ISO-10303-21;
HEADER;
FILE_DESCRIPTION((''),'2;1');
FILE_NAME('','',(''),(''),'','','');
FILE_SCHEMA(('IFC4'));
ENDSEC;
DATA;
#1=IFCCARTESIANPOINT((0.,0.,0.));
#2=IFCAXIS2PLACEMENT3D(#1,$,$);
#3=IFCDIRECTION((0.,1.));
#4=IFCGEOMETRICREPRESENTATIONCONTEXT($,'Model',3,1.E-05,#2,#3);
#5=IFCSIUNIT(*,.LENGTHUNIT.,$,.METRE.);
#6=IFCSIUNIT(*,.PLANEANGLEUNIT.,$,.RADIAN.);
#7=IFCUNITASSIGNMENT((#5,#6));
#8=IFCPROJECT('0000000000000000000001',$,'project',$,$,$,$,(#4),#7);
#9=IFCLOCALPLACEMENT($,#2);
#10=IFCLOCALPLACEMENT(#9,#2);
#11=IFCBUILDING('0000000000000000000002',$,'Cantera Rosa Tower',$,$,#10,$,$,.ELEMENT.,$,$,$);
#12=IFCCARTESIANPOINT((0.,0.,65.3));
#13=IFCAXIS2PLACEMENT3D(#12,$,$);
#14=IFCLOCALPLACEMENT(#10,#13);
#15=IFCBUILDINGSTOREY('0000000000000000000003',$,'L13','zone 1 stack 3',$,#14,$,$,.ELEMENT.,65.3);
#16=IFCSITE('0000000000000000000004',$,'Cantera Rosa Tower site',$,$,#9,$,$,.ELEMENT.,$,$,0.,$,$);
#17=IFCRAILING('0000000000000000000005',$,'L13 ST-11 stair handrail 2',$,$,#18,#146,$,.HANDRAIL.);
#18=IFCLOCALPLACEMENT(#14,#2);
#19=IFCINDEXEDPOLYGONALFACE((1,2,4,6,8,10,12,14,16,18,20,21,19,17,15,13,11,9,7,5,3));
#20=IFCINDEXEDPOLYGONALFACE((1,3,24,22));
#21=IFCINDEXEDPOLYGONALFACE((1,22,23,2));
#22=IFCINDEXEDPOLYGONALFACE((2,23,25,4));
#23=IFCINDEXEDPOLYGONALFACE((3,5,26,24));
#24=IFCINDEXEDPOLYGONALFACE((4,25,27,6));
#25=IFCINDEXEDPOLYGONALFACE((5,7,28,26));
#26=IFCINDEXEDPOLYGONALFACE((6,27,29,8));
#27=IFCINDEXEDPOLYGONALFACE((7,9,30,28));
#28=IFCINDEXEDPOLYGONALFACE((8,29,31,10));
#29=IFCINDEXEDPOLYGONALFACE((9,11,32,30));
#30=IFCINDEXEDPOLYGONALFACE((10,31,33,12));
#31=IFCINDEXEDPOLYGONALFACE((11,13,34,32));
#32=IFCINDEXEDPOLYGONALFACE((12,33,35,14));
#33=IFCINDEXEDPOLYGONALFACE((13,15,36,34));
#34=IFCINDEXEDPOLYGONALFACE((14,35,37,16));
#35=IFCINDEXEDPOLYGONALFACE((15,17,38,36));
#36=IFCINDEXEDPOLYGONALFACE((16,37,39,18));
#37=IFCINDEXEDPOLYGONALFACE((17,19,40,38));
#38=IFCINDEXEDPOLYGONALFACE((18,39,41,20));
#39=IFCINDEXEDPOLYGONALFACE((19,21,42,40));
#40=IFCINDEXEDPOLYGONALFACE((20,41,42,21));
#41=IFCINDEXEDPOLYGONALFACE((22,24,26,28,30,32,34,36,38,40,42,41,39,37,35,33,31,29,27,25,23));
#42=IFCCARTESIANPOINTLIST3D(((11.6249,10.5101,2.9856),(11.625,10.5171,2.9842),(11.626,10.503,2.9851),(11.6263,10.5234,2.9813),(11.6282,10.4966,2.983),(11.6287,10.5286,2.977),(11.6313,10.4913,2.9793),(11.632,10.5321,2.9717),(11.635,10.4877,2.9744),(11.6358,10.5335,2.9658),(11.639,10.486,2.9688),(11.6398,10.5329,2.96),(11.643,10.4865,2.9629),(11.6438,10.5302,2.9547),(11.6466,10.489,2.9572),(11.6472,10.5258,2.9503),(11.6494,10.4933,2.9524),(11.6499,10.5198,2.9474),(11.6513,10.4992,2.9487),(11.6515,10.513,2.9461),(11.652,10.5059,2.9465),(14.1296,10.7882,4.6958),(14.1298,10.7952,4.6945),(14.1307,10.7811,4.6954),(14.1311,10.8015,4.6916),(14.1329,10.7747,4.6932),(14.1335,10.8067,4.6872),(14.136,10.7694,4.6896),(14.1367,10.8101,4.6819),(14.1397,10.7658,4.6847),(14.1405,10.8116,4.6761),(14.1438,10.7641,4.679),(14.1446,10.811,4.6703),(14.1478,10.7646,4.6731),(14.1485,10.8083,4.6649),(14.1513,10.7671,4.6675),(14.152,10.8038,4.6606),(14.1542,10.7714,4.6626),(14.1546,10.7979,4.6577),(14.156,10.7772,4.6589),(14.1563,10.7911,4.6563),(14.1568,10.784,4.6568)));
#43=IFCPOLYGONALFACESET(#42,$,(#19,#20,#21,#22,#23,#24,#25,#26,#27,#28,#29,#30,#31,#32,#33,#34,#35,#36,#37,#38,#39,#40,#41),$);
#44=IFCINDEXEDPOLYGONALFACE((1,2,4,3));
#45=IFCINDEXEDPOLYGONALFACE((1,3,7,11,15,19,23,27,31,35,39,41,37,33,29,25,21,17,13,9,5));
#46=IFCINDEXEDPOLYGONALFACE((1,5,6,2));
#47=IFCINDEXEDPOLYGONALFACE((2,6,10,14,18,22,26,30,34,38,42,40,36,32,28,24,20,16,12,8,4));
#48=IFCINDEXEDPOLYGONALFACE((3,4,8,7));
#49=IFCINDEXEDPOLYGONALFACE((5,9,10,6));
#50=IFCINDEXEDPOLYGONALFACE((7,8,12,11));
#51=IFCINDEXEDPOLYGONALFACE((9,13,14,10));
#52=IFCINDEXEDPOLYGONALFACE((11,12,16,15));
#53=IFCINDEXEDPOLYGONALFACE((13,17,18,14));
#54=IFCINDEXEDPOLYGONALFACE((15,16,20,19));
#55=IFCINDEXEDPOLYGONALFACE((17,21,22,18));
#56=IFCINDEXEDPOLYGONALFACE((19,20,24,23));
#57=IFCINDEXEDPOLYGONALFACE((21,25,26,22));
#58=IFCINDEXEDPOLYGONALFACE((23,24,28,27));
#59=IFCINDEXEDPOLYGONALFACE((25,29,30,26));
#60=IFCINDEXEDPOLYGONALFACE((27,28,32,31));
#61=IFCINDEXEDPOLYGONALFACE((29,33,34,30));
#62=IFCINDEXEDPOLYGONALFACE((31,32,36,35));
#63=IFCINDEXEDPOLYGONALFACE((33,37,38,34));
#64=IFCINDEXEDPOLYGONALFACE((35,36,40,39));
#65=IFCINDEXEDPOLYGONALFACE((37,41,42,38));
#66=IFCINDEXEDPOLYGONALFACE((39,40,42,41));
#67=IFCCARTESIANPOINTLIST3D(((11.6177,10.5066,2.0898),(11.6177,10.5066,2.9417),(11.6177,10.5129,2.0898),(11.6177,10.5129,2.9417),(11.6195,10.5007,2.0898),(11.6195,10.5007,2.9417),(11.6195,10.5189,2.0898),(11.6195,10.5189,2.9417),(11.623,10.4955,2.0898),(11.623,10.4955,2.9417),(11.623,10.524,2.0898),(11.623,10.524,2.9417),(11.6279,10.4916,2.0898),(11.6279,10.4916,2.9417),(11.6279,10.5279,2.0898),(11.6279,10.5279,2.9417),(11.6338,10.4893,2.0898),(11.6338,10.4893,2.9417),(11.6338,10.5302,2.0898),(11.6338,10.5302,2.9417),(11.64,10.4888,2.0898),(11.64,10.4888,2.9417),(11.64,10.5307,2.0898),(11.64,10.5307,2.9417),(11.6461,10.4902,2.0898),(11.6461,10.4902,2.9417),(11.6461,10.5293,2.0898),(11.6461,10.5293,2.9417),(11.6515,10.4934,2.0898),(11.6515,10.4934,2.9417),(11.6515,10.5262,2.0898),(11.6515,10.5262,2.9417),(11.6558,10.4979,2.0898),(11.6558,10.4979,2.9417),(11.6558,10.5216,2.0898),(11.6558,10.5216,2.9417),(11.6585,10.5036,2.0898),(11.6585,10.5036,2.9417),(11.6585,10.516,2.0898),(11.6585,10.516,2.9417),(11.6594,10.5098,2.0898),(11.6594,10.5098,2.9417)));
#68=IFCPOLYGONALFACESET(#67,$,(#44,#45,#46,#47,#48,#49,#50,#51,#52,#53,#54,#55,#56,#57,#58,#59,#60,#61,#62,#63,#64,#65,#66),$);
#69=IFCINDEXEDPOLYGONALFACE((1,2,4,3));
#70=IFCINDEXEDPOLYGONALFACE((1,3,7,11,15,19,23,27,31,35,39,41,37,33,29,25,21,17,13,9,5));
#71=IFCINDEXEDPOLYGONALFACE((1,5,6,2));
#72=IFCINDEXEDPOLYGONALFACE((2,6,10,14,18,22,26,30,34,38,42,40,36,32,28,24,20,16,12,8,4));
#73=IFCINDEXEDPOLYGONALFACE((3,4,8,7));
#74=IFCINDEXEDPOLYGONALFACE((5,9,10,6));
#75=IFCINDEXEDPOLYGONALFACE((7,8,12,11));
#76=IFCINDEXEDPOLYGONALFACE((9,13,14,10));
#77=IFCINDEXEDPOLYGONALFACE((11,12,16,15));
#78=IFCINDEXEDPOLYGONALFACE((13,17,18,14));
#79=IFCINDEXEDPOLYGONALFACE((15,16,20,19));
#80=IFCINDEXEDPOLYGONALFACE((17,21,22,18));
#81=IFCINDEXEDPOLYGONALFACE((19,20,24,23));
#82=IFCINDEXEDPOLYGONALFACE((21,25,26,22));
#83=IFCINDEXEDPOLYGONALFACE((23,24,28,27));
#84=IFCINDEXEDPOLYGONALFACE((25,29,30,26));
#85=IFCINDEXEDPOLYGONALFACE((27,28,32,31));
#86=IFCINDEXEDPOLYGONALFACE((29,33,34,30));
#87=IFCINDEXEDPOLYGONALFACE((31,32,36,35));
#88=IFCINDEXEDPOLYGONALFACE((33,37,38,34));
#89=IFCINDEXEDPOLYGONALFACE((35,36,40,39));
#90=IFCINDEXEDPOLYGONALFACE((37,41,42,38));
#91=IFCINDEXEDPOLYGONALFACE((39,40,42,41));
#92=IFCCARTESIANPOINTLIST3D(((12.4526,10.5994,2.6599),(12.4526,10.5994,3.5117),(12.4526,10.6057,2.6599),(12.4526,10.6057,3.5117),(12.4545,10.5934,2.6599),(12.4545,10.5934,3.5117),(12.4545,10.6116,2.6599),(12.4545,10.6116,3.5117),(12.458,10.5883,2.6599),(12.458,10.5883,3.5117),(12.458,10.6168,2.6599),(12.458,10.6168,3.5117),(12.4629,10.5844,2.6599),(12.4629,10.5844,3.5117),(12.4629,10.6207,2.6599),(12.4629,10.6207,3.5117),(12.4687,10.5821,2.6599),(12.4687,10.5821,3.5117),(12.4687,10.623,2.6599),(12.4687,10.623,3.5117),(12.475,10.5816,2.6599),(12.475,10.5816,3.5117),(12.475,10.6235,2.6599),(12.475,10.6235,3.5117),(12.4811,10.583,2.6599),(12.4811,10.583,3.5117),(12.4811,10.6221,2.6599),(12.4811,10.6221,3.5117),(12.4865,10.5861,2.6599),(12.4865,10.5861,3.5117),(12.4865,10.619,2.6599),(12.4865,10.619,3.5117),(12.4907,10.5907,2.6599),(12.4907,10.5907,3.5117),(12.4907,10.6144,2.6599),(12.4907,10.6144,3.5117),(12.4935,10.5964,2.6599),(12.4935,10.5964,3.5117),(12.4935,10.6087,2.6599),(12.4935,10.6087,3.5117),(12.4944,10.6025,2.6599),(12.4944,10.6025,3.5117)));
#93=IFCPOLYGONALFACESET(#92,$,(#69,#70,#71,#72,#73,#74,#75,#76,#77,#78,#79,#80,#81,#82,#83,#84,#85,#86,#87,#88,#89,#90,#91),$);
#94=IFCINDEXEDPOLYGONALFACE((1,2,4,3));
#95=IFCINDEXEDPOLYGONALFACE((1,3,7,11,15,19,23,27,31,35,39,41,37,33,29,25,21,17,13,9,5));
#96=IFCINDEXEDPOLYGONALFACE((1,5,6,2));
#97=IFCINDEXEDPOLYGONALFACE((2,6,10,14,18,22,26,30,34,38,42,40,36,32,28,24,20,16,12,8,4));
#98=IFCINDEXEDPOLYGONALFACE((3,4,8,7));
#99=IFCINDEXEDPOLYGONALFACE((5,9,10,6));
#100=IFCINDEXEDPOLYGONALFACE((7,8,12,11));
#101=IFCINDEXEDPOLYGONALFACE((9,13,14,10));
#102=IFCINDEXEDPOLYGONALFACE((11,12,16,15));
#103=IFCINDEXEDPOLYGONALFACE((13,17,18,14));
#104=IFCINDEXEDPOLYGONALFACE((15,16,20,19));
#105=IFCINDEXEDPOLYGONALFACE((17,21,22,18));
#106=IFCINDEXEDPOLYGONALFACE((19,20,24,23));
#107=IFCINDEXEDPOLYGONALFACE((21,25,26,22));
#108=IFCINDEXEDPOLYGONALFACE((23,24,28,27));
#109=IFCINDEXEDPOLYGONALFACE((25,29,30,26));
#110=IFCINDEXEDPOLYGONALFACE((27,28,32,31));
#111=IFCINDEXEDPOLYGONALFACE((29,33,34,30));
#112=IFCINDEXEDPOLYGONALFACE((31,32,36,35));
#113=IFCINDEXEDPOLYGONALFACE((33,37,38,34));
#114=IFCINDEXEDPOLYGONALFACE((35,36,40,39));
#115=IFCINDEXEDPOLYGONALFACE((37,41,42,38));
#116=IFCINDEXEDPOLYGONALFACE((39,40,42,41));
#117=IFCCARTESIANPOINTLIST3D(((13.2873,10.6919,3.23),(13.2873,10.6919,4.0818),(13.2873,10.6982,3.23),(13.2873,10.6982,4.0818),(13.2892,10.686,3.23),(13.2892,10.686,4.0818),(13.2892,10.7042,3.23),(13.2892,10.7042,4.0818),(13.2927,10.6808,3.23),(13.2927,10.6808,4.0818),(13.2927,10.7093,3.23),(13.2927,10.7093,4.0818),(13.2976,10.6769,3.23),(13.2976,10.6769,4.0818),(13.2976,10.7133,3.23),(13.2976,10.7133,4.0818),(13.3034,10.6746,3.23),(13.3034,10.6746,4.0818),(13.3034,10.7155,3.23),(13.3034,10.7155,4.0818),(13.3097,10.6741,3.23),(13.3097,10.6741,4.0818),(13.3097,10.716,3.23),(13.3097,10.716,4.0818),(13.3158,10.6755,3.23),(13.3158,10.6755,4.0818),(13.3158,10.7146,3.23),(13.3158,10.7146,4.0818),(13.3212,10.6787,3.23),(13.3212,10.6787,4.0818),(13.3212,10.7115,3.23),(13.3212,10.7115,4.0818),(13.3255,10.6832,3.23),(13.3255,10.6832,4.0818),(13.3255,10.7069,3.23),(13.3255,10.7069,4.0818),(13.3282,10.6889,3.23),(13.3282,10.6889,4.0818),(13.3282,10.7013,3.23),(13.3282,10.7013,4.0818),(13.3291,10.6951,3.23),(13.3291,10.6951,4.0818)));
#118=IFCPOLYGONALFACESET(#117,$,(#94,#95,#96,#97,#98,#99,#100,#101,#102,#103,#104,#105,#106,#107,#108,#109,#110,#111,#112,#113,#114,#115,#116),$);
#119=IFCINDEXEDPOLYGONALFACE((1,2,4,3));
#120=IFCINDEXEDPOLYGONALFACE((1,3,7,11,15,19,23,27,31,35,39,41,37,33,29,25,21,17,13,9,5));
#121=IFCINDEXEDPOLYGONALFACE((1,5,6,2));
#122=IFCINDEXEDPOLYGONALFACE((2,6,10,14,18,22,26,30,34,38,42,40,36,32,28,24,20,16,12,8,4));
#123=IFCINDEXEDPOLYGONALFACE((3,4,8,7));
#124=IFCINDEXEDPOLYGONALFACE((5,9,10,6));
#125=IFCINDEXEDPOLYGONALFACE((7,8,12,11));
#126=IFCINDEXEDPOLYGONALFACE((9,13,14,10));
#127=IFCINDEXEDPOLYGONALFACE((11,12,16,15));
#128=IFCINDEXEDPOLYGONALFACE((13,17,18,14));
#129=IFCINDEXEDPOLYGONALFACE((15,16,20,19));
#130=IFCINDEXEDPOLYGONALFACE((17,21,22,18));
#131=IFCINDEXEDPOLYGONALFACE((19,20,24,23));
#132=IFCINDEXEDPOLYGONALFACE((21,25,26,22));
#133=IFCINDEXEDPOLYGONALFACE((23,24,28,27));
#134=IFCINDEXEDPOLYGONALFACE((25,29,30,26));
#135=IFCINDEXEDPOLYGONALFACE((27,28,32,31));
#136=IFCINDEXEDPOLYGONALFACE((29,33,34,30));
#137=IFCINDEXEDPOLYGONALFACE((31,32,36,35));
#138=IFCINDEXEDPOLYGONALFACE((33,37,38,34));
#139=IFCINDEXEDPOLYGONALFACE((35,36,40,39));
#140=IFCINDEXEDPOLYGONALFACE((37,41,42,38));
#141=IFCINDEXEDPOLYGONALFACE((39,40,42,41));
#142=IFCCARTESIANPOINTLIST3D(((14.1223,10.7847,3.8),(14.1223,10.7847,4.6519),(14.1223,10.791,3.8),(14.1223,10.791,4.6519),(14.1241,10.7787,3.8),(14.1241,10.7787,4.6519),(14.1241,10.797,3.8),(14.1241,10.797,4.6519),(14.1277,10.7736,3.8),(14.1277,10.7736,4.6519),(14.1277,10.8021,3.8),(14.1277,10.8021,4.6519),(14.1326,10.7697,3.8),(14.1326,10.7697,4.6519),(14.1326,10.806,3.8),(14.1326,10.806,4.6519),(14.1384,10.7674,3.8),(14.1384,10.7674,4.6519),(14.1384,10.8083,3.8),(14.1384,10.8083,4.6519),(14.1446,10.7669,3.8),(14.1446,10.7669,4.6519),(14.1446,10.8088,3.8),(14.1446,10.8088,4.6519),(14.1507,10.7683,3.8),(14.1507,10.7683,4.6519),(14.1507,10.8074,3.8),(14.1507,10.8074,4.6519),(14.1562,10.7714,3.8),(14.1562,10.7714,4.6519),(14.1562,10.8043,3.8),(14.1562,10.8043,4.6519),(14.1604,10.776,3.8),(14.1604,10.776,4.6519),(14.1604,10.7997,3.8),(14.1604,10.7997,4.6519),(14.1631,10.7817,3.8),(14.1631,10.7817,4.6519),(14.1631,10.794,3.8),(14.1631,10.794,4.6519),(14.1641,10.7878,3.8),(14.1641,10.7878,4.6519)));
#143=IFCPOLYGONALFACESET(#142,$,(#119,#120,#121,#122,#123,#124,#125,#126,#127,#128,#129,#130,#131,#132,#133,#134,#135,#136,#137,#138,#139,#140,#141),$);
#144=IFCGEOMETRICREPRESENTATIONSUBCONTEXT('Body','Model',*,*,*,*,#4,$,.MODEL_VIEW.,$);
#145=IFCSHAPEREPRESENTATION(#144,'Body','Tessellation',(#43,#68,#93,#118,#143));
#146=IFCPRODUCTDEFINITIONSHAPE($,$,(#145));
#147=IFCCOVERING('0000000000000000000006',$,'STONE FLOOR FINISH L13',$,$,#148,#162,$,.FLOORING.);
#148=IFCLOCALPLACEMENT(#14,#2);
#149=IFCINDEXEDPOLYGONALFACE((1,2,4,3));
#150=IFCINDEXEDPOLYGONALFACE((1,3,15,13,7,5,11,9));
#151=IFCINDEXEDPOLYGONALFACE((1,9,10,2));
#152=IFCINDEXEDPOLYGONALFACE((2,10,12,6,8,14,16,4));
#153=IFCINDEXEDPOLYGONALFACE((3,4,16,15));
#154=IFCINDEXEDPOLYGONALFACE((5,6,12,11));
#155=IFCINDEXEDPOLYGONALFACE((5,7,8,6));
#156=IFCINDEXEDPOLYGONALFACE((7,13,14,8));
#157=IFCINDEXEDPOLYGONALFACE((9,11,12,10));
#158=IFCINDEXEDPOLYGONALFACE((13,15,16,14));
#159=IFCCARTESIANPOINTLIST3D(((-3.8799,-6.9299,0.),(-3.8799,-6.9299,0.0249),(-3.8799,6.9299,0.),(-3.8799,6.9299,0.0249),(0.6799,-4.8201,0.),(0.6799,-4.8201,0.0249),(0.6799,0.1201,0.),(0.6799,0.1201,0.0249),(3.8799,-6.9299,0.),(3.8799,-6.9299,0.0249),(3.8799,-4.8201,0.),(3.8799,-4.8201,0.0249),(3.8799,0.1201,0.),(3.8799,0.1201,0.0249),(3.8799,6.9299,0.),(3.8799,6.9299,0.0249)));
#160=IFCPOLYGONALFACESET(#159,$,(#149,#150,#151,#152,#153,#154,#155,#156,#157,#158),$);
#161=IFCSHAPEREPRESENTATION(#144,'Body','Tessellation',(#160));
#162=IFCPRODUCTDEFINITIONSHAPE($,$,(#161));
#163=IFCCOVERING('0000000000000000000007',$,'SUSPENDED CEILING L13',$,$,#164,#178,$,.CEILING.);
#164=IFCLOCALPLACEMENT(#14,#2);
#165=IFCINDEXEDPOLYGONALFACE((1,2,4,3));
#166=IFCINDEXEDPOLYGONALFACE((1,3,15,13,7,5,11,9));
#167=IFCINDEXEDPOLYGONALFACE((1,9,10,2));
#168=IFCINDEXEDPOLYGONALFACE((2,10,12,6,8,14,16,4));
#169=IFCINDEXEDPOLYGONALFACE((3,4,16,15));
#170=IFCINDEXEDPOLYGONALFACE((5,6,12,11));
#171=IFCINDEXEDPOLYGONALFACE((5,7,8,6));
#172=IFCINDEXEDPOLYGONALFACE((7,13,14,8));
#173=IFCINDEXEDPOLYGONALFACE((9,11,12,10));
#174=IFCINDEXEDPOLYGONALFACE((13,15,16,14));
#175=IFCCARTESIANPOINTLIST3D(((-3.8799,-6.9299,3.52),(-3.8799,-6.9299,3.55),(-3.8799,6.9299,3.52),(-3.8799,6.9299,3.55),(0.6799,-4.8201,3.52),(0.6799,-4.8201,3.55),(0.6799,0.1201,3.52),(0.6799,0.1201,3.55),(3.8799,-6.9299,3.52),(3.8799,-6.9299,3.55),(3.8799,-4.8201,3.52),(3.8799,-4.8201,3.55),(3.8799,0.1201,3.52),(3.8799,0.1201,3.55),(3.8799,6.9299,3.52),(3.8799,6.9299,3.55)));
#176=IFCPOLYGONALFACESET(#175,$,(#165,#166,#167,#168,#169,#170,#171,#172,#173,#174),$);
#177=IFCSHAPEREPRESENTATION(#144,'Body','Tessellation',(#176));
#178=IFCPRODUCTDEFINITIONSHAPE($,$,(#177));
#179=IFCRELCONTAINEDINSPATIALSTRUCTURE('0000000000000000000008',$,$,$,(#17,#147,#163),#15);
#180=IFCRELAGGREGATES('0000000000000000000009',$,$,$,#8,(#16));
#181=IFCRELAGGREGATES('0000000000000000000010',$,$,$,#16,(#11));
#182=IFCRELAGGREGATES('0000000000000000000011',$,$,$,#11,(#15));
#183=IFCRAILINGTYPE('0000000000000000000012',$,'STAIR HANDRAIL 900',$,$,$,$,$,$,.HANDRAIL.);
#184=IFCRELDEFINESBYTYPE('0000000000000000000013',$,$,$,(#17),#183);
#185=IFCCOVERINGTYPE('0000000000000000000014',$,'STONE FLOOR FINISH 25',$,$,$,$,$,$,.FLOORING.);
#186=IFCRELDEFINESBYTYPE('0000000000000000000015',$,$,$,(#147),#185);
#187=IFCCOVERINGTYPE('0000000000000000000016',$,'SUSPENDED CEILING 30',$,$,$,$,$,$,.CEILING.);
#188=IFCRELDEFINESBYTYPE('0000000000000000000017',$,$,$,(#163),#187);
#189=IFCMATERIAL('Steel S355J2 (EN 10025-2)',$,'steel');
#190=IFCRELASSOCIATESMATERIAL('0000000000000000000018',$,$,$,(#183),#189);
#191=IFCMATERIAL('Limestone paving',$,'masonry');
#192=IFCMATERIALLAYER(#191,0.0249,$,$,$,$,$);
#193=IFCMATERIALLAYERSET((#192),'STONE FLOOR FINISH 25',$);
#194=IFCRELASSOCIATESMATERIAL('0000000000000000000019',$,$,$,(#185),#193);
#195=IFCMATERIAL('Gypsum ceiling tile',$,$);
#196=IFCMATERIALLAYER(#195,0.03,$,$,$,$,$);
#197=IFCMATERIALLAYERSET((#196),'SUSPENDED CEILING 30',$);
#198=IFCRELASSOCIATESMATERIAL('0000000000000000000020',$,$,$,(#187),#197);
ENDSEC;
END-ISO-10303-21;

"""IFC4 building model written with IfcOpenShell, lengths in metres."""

from ifc_helpers import new_model, si_unit, direction, frame, origin, origin_2d, place, context, subcontext, project, spatial, polyline, circle, outline, extrude, material, layer, layer_set, type_object, element, save


model = new_model("IFC4")

# Units and contexts
model_context = context("Model", 3, precision=1e-05, world=origin(), true_north=direction((0.0, 1.0)))
body_context = subcontext(model_context, "Body", "Model", "MODEL_VIEW")
ifc_project = project(units=[si_unit("LENGTHUNIT", "METRE"), si_unit("PLANEANGLEUNIT", "RADIAN")], contexts=[model_context])

# Site, building, storey
site_placement = place(None, origin())
site = spatial("IfcSite", under=ifc_project, at=site_placement, Name="Cantera Rosa Tower site", CompositionType="ELEMENT", RefElevation=0.0)
building_placement = place(site_placement, origin())
building = spatial("IfcBuilding", under=site, at=building_placement, Name="Cantera Rosa Tower", CompositionType="ELEMENT")
storey_placement = place(building_placement, frame((0.0, 0.0, 65.3)))
storey = spatial("IfcBuildingStorey", under=building, at=storey_placement, Name="L13", Description="zone 1 stack 3", CompositionType="ELEMENT", Elevation=65.3)

# Railing
ifc_material_1 = material(Name="Steel S355J2 (EN 10025-2)", Category="steel")
railing_type = type_object("IfcRailingType", Name="STAIR HANDRAIL 900", PredefinedType="HANDRAIL", material=ifc_material_1)
railing_placement = place(storey_placement, frame((11.6384, 10.5098, 2.0898)))
element("IfcRailing", 1, at=railing_placement, inside=storey, type_object=railing_type, Name="L13 ST-11 stair handrail 2", PredefinedType="HANDRAIL", context=body_context, shape_type="SweptSolid", body=[
    extrude(circle(Radius=0.0239, at=origin_2d()), frame((0.0, 0.0, 0.876), z_axis=(0.822394, 0.091306, 0.561543), x_axis=(-0.110346, 0.993893, 0.0)), (0.0, 0.0, 1.0), 3.0457),
    extrude(circle(Radius=0.021, at=origin_2d()), origin(), (0.0, 0.0, 1.0), 0.8518),
    extrude(circle(Radius=0.021, at=origin_2d()), frame((0.835, 0.0928, 0.5701)), (0.0, 0.0, 1.0), 0.8518),
    extrude(circle(Radius=0.021, at=origin_2d()), frame((1.6697, 0.1853, 1.1401)), (0.0, 0.0, 1.0), 0.8518),
    extrude(circle(Radius=0.021, at=origin_2d()), frame((2.5046, 0.2781, 1.7102)), (0.0, 0.0, 1.0), 0.8518),
])

# Coverings
ifc_material_2 = material(Name="Limestone paving", Category="masonry")
ifc_layer_1 = layer(ifc_material_2, 0.0249)
ifc_layer_set_1 = layer_set([ifc_layer_1], Name="STONE FLOOR FINISH 25")
covering_type_1 = type_object("IfcCoveringType", Name="STONE FLOOR FINISH 25", PredefinedType="FLOORING", material=ifc_layer_set_1)
covering_1_placement = place(storey_placement, origin())
element("IfcCovering", 2, at=covering_1_placement, inside=storey, type_object=covering_type_1, Name="STONE FLOOR FINISH L13", PredefinedType="FLOORING", context=body_context, shape_type="SweptSolid", body=[
    extrude(outline(polyline([(3.8799, 6.9299), (3.8799, 0.1201), (0.6799, 0.1201), (0.6799, -4.8201), (3.8799, -4.8201), (3.8799, -6.9299), (-3.8799, -6.9299), (-3.8799, 6.9299), (3.8799, 6.9299)])), origin(), (0.0, 0.0, 1.0), 0.0249),
])
ifc_material_3 = material(Name="Gypsum ceiling tile")
ifc_layer_2 = layer(ifc_material_3, 0.03)
ifc_layer_set_2 = layer_set([ifc_layer_2], Name="SUSPENDED CEILING 30")
covering_type_2 = type_object("IfcCoveringType", Name="SUSPENDED CEILING 30", PredefinedType="CEILING", material=ifc_layer_set_2)
covering_2_placement = place(storey_placement, frame((0.0, 0.0, 3.52)))
element("IfcCovering", 3, at=covering_2_placement, inside=storey, type_object=covering_type_2, Name="SUSPENDED CEILING L13", PredefinedType="CEILING", context=body_context, shape_type="SweptSolid", body=[
    extrude(outline(polyline([(3.8799, 6.9299), (3.8799, 0.1201), (0.6799, 0.1201), (0.6799, -4.8201), (3.8799, -4.8201), (3.8799, -6.9299), (-3.8799, -6.9299), (-3.8799, 6.9299), (3.8799, 6.9299)])), origin(), (0.0, 0.0, 1.0), 0.03),
])

save(model, "model.ifc")
